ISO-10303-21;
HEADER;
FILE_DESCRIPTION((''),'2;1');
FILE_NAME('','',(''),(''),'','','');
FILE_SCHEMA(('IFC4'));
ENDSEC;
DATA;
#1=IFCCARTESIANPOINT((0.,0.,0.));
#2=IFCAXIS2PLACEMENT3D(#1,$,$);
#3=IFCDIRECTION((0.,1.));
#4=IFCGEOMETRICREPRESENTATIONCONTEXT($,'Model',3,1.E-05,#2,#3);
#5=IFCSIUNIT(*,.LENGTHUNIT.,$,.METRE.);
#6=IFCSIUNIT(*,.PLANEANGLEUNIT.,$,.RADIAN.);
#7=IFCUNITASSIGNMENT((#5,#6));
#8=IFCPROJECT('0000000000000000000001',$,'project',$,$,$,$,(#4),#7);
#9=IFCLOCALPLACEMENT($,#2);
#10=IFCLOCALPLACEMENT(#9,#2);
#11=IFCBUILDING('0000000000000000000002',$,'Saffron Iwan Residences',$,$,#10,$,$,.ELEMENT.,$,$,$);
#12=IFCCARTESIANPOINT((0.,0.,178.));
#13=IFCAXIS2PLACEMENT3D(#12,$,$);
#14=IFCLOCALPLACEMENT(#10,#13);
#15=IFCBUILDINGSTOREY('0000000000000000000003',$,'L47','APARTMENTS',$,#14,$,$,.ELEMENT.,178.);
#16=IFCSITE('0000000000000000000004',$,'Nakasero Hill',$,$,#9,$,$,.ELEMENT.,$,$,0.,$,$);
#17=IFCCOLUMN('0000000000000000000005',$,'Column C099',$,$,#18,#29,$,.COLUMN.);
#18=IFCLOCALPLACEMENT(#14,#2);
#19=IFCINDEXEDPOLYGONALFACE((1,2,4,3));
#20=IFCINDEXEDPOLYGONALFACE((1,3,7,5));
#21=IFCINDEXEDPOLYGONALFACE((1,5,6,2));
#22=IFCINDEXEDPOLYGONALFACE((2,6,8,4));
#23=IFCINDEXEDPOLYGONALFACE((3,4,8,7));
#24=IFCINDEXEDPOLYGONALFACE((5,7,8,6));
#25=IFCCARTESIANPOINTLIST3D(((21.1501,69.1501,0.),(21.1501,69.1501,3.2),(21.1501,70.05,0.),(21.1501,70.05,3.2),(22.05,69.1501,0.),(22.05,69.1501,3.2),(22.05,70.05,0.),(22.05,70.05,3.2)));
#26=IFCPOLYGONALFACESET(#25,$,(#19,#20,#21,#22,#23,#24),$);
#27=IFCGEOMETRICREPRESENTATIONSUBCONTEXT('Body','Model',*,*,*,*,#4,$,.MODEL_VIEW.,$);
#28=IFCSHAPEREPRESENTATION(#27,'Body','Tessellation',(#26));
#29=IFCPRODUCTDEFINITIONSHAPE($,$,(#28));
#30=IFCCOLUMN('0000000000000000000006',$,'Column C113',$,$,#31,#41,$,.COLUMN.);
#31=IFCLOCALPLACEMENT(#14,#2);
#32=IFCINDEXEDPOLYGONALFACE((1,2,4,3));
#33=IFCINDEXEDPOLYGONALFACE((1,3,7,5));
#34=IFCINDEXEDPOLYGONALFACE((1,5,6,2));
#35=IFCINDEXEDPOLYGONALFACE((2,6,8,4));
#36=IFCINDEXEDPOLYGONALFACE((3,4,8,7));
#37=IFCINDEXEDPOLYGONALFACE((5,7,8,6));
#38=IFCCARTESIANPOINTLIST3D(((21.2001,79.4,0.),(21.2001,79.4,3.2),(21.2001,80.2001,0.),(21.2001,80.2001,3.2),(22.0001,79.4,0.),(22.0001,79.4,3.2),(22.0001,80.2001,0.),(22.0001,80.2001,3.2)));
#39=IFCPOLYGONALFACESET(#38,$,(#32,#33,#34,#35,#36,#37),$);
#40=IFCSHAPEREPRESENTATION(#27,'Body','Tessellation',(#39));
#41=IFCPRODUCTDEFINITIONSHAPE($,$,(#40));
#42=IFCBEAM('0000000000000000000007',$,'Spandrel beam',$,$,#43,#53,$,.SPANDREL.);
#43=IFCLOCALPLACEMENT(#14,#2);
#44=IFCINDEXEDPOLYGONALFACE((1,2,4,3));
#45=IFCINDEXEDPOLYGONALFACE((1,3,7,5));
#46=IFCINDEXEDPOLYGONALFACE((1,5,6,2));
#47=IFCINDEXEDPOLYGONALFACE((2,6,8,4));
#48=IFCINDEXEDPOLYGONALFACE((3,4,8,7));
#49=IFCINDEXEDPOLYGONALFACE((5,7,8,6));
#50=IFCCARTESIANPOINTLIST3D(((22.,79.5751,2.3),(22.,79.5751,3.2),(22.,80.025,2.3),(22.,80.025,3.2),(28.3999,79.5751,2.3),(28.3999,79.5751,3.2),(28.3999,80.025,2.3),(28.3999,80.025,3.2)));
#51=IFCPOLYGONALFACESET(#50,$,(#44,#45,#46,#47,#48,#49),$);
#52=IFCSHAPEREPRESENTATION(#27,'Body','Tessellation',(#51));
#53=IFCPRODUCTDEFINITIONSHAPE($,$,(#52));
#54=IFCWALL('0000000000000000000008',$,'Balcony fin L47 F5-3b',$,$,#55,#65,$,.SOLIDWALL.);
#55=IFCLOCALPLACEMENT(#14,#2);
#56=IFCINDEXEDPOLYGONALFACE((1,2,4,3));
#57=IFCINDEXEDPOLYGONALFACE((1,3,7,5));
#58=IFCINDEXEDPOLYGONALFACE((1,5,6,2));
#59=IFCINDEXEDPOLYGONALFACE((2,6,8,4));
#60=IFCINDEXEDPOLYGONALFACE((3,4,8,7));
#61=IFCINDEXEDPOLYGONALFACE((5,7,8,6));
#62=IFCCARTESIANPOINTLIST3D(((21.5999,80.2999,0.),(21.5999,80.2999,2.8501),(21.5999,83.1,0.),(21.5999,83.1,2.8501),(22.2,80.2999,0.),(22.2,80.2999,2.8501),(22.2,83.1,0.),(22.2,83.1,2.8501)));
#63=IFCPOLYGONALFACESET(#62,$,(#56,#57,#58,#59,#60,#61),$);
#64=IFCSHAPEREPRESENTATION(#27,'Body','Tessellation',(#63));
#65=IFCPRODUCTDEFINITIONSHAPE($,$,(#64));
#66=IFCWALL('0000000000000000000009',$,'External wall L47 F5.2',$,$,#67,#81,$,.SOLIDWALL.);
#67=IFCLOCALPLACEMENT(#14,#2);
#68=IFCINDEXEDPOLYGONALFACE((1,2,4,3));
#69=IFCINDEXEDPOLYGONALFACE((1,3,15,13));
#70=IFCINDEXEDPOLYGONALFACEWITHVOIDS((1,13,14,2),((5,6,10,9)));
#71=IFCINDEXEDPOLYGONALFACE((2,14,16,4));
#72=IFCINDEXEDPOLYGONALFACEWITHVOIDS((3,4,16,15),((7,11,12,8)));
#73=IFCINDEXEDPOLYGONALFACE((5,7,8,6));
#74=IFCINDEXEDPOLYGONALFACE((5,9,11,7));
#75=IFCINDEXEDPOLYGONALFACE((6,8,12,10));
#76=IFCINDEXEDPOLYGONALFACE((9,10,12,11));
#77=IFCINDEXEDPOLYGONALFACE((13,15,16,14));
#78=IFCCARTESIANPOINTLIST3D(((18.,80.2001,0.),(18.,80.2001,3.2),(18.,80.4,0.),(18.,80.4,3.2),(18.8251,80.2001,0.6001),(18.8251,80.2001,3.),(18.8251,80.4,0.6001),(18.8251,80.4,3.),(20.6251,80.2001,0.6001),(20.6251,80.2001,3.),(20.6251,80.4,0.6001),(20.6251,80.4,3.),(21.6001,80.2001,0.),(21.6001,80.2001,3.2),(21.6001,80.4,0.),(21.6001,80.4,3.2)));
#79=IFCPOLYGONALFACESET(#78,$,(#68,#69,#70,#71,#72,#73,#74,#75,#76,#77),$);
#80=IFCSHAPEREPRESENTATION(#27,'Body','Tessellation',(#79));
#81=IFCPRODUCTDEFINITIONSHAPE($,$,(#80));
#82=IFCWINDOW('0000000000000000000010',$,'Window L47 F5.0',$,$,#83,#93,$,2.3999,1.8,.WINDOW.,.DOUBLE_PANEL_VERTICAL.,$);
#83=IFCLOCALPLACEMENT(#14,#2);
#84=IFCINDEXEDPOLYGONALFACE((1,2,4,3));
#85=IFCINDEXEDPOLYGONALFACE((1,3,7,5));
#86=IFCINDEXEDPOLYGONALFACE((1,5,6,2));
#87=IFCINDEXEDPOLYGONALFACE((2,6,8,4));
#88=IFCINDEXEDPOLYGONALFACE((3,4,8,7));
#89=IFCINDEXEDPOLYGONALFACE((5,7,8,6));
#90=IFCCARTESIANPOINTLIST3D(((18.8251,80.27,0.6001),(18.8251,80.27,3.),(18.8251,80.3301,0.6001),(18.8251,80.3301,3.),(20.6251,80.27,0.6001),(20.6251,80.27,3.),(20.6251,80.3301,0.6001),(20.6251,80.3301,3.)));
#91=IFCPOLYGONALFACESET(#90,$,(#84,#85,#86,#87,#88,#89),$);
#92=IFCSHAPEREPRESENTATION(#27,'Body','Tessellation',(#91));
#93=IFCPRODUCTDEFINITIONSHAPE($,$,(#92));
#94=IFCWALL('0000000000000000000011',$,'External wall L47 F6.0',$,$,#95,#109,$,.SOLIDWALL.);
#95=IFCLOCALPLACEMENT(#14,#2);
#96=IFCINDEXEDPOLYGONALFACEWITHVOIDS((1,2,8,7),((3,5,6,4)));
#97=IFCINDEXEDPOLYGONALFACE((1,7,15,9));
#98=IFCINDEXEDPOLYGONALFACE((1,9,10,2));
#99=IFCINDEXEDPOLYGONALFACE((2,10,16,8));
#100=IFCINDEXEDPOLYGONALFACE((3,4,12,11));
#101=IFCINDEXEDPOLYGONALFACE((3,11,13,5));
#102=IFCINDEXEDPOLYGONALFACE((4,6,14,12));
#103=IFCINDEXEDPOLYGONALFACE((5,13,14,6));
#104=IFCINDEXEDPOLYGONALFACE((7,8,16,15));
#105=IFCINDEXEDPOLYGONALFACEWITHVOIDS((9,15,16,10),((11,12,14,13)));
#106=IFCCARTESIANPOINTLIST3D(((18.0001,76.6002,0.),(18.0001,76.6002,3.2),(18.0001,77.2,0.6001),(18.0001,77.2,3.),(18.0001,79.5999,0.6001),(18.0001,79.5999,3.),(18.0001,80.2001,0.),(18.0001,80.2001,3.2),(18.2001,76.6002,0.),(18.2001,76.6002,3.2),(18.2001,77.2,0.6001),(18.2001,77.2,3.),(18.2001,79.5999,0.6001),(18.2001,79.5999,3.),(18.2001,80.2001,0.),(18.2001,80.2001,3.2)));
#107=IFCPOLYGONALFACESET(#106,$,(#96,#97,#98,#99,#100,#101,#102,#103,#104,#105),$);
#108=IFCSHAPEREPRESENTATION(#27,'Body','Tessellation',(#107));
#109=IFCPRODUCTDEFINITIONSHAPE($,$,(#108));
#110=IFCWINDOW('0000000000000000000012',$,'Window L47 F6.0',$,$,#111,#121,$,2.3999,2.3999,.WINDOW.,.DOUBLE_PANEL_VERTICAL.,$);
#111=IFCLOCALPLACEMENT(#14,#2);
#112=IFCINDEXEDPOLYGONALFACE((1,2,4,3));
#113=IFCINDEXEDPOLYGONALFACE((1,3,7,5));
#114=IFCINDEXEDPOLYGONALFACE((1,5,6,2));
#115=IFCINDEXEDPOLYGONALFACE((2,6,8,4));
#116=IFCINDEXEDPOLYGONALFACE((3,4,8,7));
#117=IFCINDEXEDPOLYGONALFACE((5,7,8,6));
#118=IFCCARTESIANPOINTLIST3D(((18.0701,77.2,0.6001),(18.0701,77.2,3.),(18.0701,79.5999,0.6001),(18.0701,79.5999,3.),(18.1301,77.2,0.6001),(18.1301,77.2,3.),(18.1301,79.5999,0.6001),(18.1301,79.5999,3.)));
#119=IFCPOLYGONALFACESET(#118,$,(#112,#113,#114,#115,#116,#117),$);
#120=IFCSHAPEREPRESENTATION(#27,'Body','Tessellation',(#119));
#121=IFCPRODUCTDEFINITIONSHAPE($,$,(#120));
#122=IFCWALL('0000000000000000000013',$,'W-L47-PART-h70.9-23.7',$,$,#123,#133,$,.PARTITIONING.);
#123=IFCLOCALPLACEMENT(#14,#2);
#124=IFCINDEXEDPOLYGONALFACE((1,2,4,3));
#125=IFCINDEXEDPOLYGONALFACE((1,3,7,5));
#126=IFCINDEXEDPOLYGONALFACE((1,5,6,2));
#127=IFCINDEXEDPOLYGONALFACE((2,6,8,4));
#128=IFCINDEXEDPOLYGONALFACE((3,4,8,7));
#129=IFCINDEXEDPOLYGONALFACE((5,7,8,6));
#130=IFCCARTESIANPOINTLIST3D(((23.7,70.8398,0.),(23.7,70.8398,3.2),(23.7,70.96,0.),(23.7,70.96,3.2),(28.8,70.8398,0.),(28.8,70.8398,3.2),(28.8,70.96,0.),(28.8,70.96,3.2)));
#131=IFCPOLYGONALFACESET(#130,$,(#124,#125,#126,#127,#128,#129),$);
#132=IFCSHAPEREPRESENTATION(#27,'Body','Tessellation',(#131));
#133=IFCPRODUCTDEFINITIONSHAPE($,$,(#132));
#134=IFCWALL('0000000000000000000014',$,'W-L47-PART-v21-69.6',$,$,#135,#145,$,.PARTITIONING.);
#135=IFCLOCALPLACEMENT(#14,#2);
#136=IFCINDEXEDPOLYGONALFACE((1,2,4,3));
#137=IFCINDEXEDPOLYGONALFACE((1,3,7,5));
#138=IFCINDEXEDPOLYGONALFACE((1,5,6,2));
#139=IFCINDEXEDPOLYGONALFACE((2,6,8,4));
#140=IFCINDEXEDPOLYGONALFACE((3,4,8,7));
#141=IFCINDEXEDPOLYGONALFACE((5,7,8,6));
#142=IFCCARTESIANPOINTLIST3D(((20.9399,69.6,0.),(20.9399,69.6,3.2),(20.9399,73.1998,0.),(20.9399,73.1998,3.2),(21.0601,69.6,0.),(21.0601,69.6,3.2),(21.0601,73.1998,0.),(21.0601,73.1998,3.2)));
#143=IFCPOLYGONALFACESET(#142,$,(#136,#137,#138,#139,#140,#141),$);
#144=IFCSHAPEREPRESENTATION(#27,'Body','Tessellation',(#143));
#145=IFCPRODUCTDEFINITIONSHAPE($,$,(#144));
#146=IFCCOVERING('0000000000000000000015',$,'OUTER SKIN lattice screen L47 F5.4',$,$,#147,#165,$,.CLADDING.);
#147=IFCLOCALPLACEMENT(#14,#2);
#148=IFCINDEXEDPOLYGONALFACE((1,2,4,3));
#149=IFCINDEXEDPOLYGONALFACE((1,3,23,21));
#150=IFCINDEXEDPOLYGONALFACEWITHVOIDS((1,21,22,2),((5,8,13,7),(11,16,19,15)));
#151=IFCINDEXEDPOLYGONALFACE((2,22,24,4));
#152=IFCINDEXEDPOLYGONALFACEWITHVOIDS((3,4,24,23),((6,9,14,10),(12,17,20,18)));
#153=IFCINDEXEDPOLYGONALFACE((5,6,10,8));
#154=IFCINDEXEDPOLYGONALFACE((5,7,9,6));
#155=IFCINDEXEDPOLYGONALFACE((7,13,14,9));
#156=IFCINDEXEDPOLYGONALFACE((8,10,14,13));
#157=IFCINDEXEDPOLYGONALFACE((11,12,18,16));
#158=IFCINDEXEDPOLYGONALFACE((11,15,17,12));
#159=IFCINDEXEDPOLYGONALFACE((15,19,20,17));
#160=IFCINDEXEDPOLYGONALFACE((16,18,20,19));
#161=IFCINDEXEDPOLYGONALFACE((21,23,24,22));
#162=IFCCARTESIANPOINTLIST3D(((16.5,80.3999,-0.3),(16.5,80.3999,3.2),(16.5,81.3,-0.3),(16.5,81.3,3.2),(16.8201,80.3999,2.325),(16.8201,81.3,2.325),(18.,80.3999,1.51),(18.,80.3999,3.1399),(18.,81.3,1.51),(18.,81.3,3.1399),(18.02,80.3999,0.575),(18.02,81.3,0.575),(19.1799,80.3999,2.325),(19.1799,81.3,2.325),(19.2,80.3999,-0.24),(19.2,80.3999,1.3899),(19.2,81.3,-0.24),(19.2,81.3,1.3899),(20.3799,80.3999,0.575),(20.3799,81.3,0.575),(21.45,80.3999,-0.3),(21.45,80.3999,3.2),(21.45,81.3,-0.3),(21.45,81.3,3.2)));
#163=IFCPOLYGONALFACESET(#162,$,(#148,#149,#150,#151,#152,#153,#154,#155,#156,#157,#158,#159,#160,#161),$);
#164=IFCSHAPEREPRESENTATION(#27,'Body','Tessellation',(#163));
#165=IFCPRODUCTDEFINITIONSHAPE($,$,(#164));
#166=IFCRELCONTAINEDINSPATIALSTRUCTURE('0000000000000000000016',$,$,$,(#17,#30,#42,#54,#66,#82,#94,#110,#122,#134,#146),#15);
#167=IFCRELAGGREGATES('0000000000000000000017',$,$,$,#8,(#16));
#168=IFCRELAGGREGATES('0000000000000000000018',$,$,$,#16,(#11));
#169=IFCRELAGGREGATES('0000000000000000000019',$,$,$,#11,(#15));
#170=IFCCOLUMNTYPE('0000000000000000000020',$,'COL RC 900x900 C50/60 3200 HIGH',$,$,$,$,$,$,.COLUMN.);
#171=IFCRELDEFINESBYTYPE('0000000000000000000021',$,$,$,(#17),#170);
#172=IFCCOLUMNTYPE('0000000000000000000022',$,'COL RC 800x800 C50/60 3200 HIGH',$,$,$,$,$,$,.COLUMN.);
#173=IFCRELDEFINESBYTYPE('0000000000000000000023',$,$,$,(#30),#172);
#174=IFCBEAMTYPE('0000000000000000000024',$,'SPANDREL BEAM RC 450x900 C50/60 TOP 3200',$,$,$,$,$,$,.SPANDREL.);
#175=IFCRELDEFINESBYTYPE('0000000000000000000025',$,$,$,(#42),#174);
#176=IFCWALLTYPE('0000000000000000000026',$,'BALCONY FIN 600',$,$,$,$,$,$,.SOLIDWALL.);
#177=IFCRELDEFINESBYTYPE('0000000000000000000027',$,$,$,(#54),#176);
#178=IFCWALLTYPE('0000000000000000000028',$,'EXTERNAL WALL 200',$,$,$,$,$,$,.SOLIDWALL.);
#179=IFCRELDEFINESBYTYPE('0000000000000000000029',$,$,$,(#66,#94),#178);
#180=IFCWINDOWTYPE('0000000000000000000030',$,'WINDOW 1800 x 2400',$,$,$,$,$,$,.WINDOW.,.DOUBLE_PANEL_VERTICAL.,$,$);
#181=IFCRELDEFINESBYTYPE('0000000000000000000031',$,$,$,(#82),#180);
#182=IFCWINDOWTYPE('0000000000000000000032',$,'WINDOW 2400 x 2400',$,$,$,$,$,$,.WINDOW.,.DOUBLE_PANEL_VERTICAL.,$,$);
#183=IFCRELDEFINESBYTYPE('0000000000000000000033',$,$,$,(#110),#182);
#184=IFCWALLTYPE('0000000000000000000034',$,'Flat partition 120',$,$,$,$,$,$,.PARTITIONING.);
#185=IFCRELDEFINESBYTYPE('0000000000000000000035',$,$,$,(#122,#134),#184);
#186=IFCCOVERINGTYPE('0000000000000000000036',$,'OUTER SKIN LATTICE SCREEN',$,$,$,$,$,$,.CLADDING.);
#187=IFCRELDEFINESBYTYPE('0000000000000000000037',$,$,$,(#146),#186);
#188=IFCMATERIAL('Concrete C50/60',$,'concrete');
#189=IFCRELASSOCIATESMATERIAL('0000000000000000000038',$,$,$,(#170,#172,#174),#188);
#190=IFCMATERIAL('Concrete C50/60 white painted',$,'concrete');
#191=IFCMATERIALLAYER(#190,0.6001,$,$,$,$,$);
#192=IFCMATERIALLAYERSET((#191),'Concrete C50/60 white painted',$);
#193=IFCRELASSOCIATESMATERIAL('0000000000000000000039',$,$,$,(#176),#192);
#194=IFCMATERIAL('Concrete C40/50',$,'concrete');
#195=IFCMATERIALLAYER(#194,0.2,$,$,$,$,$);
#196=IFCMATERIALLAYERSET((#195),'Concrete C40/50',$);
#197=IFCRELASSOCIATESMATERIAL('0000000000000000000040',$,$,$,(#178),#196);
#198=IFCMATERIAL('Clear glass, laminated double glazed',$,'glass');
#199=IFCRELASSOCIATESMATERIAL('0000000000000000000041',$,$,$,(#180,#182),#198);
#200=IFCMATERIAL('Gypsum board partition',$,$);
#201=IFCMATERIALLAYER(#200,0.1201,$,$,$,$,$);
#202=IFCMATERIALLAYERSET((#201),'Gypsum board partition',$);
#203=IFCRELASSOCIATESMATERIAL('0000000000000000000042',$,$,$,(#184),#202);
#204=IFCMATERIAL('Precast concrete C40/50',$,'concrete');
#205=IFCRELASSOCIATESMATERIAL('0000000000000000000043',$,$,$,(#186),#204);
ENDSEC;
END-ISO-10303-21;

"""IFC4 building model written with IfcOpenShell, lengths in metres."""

from ifc_helpers import new_model, si_unit, direction, frame, frame_2d, origin, origin_2d, place, context, subcontext, project, spatial, polyline, rectangle, outline, extrude, source, transform, mapped, material, layer, layer_set, material_profile, profile_set, type_object, element, fill, save


model = new_model("IFC4")

# Units and contexts
model_context = context("Model", 3, precision=1e-05, world=origin(), true_north=direction((0.0, 1.0)))
body_context = subcontext(model_context, "Body", "Model", "MODEL_VIEW")
ifc_project = project(units=[si_unit("LENGTHUNIT", "METRE"), si_unit("PLANEANGLEUNIT", "RADIAN")], contexts=[model_context])

# Site, building, storey
site_placement = place(None, origin())
site = spatial("IfcSite", under=ifc_project, at=site_placement, Name="Nakasero Hill", CompositionType="ELEMENT", RefElevation=0.0)
building_placement = place(site_placement, origin())
building = spatial("IfcBuilding", under=site, at=building_placement, Name="Saffron Iwan Residences", CompositionType="ELEMENT")
storey_placement = place(building_placement, frame((0.0, 0.0, 178.0)))
storey = spatial("IfcBuildingStorey", under=building, at=storey_placement, Name="L47", Description="APARTMENTS", CompositionType="ELEMENT", Elevation=178.0)

# Columns
ifc_material_1 = material(Name="Concrete C50/60", Category="concrete")
ifc_material_profile_1 = material_profile(ifc_material_1, rectangle(XDim=0.8999, YDim=0.8999, at=origin_2d()), Name="RC 900x900")
ifc_profile_set_1 = profile_set([ifc_material_profile_1], Name="Concrete C50/60")
column_type_1 = type_object("IfcColumnType", Name="COL RC 900x900 C50/60 3200 HIGH", PredefinedType="COLUMN", material=ifc_profile_set_1)
shared_shape_1 = source(origin(), body_context, "Body", "SweptSolid", [
    extrude(rectangle(XDim=0.8999, YDim=0.8999, at=origin_2d()), origin(), (0.0, 0.0, 1.0), 3.2),
])
column_1_placement = place(storey_placement, frame((21.6001, 69.6001, 0.0), z_axis=(0.0, 0.0, 1.0), x_axis=(1.0, 0.0, 0.0)))
element("IfcColumn", 1, at=column_1_placement, inside=storey, type_object=column_type_1, Name="Column C099", PredefinedType="COLUMN", context=body_context, shape_type="MappedRepresentation", body=[
    mapped(shared_shape_1, transform((0.0, 0.0, 0.0))),
])
ifc_material_profile_2 = material_profile(ifc_material_1, rectangle(XDim=0.8, YDim=0.8, at=origin_2d()), Name="RC 800x800")
ifc_profile_set_2 = profile_set([ifc_material_profile_2], Name="Concrete C50/60")
column_type_2 = type_object("IfcColumnType", Name="COL RC 800x800 C50/60 3200 HIGH", PredefinedType="COLUMN", material=ifc_profile_set_2)
shared_shape_2 = source(origin(), body_context, "Body", "SweptSolid", [
    extrude(rectangle(XDim=0.8, YDim=0.8, at=origin_2d()), origin(), (0.0, 0.0, 1.0), 3.2),
])
column_2_placement = place(storey_placement, frame((21.6001, 79.8, 0.0), z_axis=(0.0, 0.0, 1.0), x_axis=(1.0, 0.0, 0.0)))
element("IfcColumn", 2, at=column_2_placement, inside=storey, type_object=column_type_2, Name="Column C113", PredefinedType="COLUMN", context=body_context, shape_type="MappedRepresentation", body=[
    mapped(shared_shape_2, transform((0.0, 0.0, 0.0))),
])

# Beam
ifc_material_profile_3 = material_profile(ifc_material_1, rectangle(XDim=0.45, YDim=0.8999, at=origin_2d()), Name="RC 450x900")
ifc_profile_set_3 = profile_set([ifc_material_profile_3], Name="Concrete C50/60")
beam_type = type_object("IfcBeamType", Name="SPANDREL BEAM RC 450x900 C50/60 TOP 3200", PredefinedType="SPANDREL", material=ifc_profile_set_3)
shared_shape_3 = source(origin(), body_context, "Body", "SweptSolid", [
    extrude(rectangle(XDim=0.45, YDim=0.8999, at=origin_2d()), origin(), (0.0, 0.0, 1.0), 6.3999),
])
beam_placement = place(storey_placement, frame((22.0, 79.8, 2.75), z_axis=(1.0, 0.0, 0.0), x_axis=(0.0, 1.0, 0.0)))
element("IfcBeam", 3, at=beam_placement, inside=storey, type_object=beam_type, Name="Spandrel beam", PredefinedType="SPANDREL", context=body_context, shape_type="MappedRepresentation", body=[
    mapped(shared_shape_3, transform((0.0, 0.0, 0.0))),
])

# Wall
ifc_material_2 = material(Name="Concrete C50/60 white painted", Category="concrete")
ifc_layer_1 = layer(ifc_material_2, 0.6001)
ifc_layer_set_1 = layer_set([ifc_layer_1], Name="Concrete C50/60 white painted")
wall_type_1 = type_object("IfcWallType", Name="BALCONY FIN 600", PredefinedType="SOLIDWALL", material=ifc_layer_set_1)
wall_1_placement = place(storey_placement, frame((21.8999, 80.3, 0.0), z_axis=(0.0, 0.0, 1.0), x_axis=(0.0, 1.0, 0.0)))
element("IfcWall", 4, at=wall_1_placement, inside=storey, type_object=wall_type_1, Name="Balcony fin L47 F5-3b", PredefinedType="SOLIDWALL", context=body_context, shape_type="SweptSolid", body=[
    extrude(rectangle(XDim=2.8, YDim=0.6001, at=frame_2d((1.3999, 0.0))), origin(), (0.0, 0.0, 1.0), 2.8501),
])

# Walls, openings, windows
ifc_material_3 = material(Name="Concrete C40/50", Category="concrete")
ifc_layer_2 = layer(ifc_material_3, 0.2)
ifc_layer_set_2 = layer_set([ifc_layer_2], Name="Concrete C40/50")
wall_type_2 = type_object("IfcWallType", Name="EXTERNAL WALL 200", PredefinedType="SOLIDWALL", material=ifc_layer_set_2)
wall_2_placement = place(storey_placement, frame((21.6001, 80.3, 0.0), z_axis=(0.0, 0.0, 1.0), x_axis=(-1.0, 0.0, 0.0)))
wall_2 = element("IfcWall", 5, at=wall_2_placement, inside=storey, type_object=wall_type_2, Name="External wall L47 F5.2", PredefinedType="SOLIDWALL", context=body_context, shape_type="SweptSolid", body=[
    extrude(rectangle(XDim=3.6001, YDim=0.2, at=frame_2d((1.8, 0.0))), origin(), (0.0, 0.0, 1.0), 3.2),
])
opening_1_placement = place(wall_2_placement, frame((0.9751, 0.0, 0.6001)))
opening_1 = element("IfcOpeningElement", 6, at=opening_1_placement, cuts=wall_2, PredefinedType="OPENING", context=body_context, shape_type="SweptSolid", body=[
    extrude(rectangle(XDim=1.8, YDim=2.3999, at=frame_2d((0.8999, 1.2))), frame((0.0, 0.1099, 0.0), z_axis=(0.0, -1.0, 0.0), x_axis=(1.0, 0.0, 0.0)), (0.0, 0.0, 1.0), 0.22),
])
ifc_material_4 = material(Name="Clear glass, laminated double glazed", Category="glass")
window_type_1 = type_object("IfcWindowType", Name="WINDOW 1800 x 2400", PartitioningType="DOUBLE_PANEL_VERTICAL", PredefinedType="WINDOW", material=ifc_material_4)
window_1_placement = place(opening_1_placement, origin())
window_1 = element("IfcWindow", 7, at=window_1_placement, inside=storey, type_object=window_type_1, Name="Window L47 F5.0", OverallHeight=2.3999, OverallWidth=1.8, PartitioningType="DOUBLE_PANEL_VERTICAL", PredefinedType="WINDOW", context=body_context, shape_type="SweptSolid", body=[
    extrude(rectangle(XDim=1.8, YDim=2.3999, at=frame_2d((0.8999, 1.2))), frame((0.0, 0.03, 0.0), z_axis=(0.0, -1.0, 0.0), x_axis=(1.0, 0.0, 0.0)), (0.0, 0.0, 1.0), 0.0601),
])
fill(opening_1, window_1)
wall_3_placement = place(storey_placement, frame((18.1001, 80.2, 0.0), z_axis=(0.0, 0.0, 1.0), x_axis=(0.0, -1.0, 0.0)))
wall_3 = element("IfcWall", 8, at=wall_3_placement, inside=storey, type_object=wall_type_2, Name="External wall L47 F6.0", PredefinedType="SOLIDWALL", context=body_context, shape_type="SweptSolid", body=[
    extrude(rectangle(XDim=3.5999, YDim=0.2, at=frame_2d((1.7998, 0.0))), origin(), (0.0, 0.0, 1.0), 3.2),
])
opening_2_placement = place(wall_3_placement, frame((0.6001, 0.0, 0.6001)))
opening_2 = element("IfcOpeningElement", 9, at=opening_2_placement, cuts=wall_3, PredefinedType="OPENING", context=body_context, shape_type="SweptSolid", body=[
    extrude(rectangle(XDim=2.3999, YDim=2.3999, at=frame_2d((1.2, 1.2))), frame((0.0, 0.1099, 0.0), z_axis=(0.0, -1.0, 0.0), x_axis=(1.0, 0.0, 0.0)), (0.0, 0.0, 1.0), 0.22),
])
window_type_2 = type_object("IfcWindowType", Name="WINDOW 2400 x 2400", PartitioningType="DOUBLE_PANEL_VERTICAL", PredefinedType="WINDOW", material=ifc_material_4)
window_2_placement = place(opening_2_placement, origin())
window_2 = element("IfcWindow", 10, at=window_2_placement, inside=storey, type_object=window_type_2, Name="Window L47 F6.0", OverallHeight=2.3999, OverallWidth=2.3999, PartitioningType="DOUBLE_PANEL_VERTICAL", PredefinedType="WINDOW", context=body_context, shape_type="SweptSolid", body=[
    extrude(rectangle(XDim=2.3999, YDim=2.3999, at=frame_2d((1.2, 1.2))), frame((0.0, 0.03, 0.0), z_axis=(0.0, -1.0, 0.0), x_axis=(1.0, 0.0, 0.0)), (0.0, 0.0, 1.0), 0.0601),
])
fill(opening_2, window_2)

# Walls
ifc_material_5 = material(Name="Gypsum board partition")
ifc_layer_3 = layer(ifc_material_5, 0.1201)
ifc_layer_set_3 = layer_set([ifc_layer_3], Name="Gypsum board partition")
wall_type_3 = type_object("IfcWallType", Name="Flat partition 120", PredefinedType="PARTITIONING", material=ifc_layer_set_3)
wall_4_placement = place(storey_placement, frame((23.7, 70.8999, 0.0), z_axis=(0.0, 0.0, 1.0), x_axis=(1.0, 0.0, 0.0)))
element("IfcWall", 11, at=wall_4_placement, inside=storey, type_object=wall_type_3, Name="W-L47-PART-h70.9-23.7", PredefinedType="PARTITIONING", context=body_context, shape_type="SweptSolid", body=[
    extrude(rectangle(XDim=5.1001, YDim=0.1201, at=frame_2d((2.55, 0.0))), origin(), (0.0, 0.0, 1.0), 3.2),
])
wall_5_placement = place(storey_placement, frame((21.0, 69.6001, 0.0), z_axis=(0.0, 0.0, 1.0), x_axis=(0.0, 1.0, 0.0)))
element("IfcWall", 12, at=wall_5_placement, inside=storey, type_object=wall_type_3, Name="W-L47-PART-v21-69.6", PredefinedType="PARTITIONING", context=body_context, shape_type="SweptSolid", body=[
    extrude(rectangle(XDim=3.5999, YDim=0.1201, at=frame_2d((1.7998, 0.0))), origin(), (0.0, 0.0, 1.0), 3.2),
])

# Covering
ifc_material_6 = material(Name="Precast concrete C40/50", Category="concrete")
covering_type_1 = type_object("IfcCoveringType", Name="OUTER SKIN LATTICE SCREEN", PredefinedType="CLADDING", material=ifc_material_6)
covering_1_placement = place(storey_placement, frame((21.45, 80.3999, -0.3), z_axis=(0.0, 1.0, 0.0), x_axis=(-1.0, 0.0, 0.0)))
element("IfcCovering", 13, at=covering_1_placement, inside=storey, type_object=covering_type_1, Name="OUTER SKIN lattice screen L47 F5.4", PredefinedType="CLADDING", context=body_context, shape_type="SweptSolid", body=[
    extrude(outline(polyline([(0.0, 0.0), (4.95, 0.0), (4.95, 3.5), (0.0, 3.5), (0.0, 0.0)]), holes=[polyline([(1.0701, 0.875), (2.25, 0.0601), (3.4299, 0.875), (2.25, 1.6899), (1.0701, 0.875)]), polyline([(2.27, 2.625), (3.45, 1.8101), (4.6299, 2.625), (3.45, 3.4399), (2.27, 2.625)])]), origin(), (0.0, 0.0, 1.0), 0.9001),
])

save(model, "model.ifc")
